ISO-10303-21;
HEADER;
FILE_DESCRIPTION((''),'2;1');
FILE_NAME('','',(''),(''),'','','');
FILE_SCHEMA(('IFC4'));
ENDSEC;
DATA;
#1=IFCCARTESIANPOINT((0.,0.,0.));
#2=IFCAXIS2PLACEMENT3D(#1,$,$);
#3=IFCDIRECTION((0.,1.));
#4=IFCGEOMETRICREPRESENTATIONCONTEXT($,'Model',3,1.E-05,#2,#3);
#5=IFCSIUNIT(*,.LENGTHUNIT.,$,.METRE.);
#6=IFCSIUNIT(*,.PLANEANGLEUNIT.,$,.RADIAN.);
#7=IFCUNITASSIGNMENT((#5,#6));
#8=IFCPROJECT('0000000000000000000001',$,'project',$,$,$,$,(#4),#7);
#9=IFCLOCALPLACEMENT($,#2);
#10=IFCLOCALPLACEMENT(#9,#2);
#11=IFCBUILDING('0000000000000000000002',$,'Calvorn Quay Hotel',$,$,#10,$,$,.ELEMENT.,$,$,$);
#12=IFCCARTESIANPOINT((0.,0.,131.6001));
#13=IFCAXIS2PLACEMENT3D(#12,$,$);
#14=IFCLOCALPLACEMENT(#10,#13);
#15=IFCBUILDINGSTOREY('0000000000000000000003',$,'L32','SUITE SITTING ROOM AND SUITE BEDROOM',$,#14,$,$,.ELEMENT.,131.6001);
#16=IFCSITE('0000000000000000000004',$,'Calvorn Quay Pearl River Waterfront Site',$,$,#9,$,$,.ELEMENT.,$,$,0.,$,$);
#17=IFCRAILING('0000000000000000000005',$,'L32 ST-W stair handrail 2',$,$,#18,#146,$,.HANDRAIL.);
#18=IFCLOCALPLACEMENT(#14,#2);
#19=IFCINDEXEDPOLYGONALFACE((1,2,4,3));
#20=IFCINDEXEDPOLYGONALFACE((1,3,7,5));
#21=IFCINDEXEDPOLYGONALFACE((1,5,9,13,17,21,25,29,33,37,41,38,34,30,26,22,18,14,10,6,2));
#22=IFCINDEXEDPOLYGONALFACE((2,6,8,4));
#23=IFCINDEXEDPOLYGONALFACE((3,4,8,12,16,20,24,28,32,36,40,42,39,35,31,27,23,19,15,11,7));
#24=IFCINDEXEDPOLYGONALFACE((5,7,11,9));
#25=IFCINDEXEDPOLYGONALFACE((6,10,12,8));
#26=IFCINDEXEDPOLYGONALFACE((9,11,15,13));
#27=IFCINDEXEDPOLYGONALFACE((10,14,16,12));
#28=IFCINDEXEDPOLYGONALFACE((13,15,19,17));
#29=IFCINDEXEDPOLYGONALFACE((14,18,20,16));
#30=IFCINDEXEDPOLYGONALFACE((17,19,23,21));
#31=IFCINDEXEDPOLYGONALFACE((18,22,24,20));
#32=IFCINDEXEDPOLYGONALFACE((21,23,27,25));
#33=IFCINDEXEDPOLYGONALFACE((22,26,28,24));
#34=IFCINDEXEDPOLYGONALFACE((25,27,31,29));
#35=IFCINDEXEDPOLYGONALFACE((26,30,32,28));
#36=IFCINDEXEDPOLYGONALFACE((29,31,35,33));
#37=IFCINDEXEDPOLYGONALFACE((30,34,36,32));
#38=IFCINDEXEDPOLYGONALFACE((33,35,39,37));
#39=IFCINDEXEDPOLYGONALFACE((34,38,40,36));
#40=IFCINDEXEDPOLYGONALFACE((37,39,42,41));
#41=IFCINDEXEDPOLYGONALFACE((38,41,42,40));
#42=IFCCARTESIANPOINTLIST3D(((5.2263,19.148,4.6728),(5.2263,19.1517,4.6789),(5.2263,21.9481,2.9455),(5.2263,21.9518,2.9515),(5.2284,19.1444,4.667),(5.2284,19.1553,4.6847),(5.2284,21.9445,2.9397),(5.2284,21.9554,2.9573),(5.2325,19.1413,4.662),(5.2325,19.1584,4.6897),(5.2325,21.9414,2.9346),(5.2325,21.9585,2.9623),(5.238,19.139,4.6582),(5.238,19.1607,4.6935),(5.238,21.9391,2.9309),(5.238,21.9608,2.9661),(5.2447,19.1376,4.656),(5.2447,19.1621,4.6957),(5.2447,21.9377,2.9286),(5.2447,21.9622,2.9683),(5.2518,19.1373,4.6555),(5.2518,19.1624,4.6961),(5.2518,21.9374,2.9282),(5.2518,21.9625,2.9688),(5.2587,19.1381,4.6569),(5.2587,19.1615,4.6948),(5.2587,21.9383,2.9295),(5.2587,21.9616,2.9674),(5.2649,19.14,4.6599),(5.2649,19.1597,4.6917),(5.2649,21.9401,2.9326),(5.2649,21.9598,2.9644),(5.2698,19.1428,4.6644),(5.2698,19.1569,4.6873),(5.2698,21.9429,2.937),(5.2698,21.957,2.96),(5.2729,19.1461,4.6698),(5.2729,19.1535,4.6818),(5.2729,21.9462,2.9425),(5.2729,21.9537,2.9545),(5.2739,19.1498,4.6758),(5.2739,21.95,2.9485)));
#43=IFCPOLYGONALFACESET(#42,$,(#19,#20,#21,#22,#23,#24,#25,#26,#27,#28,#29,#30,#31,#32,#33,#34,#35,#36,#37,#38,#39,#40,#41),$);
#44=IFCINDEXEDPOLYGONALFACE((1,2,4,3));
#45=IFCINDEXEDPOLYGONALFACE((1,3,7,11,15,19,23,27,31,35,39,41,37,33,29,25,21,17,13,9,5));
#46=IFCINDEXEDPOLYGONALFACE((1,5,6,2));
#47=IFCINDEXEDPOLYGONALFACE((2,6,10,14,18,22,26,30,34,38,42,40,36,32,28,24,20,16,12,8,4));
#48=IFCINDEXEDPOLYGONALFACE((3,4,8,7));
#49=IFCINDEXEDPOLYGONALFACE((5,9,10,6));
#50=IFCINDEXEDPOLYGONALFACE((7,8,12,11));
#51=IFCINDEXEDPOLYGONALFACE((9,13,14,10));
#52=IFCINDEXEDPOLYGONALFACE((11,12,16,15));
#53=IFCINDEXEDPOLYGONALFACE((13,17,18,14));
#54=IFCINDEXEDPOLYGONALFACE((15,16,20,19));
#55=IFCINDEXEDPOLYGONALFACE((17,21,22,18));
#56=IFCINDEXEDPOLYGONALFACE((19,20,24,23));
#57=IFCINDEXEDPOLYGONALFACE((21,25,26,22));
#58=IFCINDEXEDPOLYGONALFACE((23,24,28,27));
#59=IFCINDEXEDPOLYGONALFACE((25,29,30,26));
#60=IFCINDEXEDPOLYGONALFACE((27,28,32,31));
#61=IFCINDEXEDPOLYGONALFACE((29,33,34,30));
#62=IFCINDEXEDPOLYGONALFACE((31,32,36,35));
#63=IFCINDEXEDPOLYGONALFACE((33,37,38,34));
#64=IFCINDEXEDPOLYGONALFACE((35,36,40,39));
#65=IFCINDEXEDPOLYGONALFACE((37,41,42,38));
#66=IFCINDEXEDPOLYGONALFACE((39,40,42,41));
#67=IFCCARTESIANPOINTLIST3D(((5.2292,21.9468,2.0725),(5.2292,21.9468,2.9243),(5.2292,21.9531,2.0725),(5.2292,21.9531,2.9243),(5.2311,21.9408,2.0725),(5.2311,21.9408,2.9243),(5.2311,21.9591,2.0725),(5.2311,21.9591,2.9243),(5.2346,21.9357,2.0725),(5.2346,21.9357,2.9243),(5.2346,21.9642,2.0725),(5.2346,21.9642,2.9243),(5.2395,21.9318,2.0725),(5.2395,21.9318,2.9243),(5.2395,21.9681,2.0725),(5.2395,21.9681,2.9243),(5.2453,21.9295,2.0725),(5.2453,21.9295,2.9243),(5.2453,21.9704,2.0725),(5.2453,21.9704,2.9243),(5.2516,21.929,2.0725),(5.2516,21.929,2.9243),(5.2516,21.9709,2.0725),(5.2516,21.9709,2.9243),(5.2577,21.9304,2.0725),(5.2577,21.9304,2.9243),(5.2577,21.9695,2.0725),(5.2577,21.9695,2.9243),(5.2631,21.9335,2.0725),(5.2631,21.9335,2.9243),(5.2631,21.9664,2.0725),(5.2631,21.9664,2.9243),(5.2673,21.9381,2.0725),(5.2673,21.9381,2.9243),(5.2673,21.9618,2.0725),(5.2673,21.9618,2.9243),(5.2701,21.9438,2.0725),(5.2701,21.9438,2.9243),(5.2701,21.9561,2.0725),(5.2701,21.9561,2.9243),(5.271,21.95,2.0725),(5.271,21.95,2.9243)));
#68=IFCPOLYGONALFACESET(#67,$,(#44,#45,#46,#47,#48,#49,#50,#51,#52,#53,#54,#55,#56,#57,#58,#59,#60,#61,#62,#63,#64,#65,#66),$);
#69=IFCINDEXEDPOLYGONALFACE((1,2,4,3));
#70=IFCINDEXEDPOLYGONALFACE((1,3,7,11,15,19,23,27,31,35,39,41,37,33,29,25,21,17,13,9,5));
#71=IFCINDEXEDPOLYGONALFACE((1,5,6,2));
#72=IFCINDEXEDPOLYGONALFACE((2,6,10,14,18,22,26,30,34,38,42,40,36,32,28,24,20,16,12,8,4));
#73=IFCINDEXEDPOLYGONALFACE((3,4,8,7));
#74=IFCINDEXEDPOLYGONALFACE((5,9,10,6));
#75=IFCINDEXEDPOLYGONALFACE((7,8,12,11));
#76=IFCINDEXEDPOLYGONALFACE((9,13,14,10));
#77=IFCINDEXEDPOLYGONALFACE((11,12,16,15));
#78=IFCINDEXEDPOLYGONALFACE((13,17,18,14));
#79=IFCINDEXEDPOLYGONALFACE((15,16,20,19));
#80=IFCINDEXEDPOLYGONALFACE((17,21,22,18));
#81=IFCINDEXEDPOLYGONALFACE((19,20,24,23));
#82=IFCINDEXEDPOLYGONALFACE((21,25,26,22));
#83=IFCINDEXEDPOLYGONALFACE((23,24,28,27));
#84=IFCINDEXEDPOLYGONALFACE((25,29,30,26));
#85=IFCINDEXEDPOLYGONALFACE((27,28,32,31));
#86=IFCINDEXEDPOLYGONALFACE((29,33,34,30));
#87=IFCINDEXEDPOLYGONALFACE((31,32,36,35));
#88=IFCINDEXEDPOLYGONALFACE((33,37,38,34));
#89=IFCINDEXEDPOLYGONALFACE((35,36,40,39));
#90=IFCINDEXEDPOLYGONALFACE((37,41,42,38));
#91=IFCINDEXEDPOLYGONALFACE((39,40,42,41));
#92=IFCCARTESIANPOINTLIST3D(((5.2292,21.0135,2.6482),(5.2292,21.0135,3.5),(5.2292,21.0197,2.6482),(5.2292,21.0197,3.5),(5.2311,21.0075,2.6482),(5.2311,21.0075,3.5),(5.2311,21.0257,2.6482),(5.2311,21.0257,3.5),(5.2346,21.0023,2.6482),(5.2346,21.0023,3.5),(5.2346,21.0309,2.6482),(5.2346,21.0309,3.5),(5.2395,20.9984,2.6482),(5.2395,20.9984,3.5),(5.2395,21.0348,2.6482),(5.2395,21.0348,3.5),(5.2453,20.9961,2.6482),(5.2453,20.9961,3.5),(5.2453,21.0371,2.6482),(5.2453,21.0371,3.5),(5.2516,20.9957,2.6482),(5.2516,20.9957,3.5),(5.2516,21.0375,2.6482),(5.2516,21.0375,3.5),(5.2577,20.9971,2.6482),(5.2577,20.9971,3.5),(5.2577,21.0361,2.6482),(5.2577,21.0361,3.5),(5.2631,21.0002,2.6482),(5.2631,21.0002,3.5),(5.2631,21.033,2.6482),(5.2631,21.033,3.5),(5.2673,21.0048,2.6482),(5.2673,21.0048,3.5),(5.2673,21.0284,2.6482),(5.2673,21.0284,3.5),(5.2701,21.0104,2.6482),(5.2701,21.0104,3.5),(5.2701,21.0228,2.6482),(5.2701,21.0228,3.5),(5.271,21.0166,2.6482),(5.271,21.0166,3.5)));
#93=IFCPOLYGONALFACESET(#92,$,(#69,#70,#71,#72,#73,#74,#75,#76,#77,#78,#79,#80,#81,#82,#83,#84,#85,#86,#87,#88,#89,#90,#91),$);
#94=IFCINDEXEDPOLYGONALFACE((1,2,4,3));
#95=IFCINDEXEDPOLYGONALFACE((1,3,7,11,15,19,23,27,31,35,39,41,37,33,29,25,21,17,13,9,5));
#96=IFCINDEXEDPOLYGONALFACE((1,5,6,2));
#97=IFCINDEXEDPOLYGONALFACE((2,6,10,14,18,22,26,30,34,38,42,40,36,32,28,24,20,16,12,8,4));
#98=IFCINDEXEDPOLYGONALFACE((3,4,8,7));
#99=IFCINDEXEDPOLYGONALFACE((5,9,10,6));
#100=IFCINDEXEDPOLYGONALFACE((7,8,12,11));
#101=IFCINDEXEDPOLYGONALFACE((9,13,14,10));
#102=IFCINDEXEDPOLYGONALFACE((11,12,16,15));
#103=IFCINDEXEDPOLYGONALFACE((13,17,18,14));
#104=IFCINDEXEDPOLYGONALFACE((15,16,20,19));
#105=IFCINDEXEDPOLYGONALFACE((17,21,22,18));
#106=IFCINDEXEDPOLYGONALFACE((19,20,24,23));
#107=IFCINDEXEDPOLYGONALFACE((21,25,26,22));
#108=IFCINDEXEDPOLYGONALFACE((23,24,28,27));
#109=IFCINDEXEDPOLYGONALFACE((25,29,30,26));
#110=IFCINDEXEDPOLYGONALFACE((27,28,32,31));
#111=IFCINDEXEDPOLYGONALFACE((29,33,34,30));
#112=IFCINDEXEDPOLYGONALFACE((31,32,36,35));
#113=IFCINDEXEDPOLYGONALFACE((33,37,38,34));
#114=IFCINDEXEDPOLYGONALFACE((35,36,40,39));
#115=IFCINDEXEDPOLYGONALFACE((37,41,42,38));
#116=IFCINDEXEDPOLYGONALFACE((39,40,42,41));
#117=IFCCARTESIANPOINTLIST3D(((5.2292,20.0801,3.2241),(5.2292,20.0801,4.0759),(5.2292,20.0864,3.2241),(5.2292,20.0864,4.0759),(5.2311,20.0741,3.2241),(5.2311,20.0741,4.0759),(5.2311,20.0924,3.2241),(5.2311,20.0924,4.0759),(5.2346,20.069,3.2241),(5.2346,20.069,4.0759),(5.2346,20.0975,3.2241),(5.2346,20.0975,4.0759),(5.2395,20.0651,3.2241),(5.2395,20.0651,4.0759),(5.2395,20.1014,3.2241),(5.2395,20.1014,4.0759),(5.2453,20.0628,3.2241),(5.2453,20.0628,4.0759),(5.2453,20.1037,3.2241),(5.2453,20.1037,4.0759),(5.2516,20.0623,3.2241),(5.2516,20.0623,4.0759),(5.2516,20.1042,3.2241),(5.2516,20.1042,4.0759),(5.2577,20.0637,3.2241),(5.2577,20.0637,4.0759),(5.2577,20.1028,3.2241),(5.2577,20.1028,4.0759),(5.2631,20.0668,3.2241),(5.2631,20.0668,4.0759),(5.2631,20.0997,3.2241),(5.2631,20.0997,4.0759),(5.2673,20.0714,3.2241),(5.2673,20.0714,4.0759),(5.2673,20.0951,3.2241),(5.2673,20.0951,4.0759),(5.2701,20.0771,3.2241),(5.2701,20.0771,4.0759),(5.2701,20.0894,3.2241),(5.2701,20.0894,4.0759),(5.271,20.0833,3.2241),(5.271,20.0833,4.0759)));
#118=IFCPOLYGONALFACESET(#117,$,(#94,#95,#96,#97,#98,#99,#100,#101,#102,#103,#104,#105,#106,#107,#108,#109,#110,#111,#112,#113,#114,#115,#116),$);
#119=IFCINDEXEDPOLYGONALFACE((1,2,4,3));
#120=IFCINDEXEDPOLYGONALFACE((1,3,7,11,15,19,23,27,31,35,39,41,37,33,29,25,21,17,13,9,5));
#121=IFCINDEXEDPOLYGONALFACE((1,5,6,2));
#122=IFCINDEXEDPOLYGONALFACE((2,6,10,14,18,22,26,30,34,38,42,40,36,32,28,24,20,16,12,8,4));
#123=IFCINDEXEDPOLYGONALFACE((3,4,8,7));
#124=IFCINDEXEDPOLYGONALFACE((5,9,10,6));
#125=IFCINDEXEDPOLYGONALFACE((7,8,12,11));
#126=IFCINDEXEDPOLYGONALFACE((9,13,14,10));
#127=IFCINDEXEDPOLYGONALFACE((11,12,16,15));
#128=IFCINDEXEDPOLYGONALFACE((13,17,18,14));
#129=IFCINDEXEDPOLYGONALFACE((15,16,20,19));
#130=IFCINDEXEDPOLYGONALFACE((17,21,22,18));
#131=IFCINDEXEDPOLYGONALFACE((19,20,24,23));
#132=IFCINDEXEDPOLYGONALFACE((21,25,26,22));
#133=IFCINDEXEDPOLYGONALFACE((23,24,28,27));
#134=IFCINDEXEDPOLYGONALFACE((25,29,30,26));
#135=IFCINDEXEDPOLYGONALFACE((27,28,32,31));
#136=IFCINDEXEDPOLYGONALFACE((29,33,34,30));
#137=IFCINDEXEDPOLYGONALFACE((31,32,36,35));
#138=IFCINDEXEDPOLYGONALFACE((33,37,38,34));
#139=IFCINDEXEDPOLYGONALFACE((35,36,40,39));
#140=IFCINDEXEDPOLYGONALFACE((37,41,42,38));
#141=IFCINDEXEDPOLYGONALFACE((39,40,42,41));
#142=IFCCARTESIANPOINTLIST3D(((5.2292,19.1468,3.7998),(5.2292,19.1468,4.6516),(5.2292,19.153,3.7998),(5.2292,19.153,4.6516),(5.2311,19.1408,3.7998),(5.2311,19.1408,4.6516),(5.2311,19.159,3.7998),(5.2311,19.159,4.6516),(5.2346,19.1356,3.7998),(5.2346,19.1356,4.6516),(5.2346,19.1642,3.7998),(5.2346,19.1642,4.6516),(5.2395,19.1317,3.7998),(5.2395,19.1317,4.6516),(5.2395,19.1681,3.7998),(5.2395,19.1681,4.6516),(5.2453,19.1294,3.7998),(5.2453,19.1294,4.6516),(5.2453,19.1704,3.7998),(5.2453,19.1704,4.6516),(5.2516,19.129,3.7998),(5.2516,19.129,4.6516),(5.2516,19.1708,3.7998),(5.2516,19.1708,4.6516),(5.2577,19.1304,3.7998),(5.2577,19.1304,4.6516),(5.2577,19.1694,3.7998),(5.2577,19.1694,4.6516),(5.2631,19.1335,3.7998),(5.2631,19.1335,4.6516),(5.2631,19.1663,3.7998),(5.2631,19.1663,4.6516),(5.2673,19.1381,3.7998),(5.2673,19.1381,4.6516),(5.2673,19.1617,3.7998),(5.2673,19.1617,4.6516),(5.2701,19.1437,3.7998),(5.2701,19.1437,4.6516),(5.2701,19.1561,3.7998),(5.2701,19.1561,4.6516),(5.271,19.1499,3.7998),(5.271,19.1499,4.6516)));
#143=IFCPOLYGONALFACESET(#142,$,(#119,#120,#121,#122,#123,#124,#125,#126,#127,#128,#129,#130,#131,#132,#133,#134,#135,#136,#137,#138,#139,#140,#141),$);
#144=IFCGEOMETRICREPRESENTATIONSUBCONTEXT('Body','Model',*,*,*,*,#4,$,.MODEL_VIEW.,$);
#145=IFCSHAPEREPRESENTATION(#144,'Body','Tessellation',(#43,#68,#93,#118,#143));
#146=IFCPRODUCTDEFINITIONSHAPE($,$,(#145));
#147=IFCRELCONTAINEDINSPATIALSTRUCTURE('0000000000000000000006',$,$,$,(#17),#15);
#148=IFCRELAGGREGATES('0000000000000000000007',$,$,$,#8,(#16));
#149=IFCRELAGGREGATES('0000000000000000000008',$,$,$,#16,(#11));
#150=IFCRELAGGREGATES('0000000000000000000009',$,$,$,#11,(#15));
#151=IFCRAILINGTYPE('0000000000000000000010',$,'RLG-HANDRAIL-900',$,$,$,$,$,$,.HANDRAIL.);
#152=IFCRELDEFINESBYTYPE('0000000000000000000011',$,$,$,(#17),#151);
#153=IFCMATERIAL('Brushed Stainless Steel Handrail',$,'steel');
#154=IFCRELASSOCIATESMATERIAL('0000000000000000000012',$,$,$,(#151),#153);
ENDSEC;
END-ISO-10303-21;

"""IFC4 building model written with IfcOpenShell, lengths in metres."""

from ifc_helpers import new_model, si_unit, direction, frame, origin, origin_2d, place, context, subcontext, project, spatial, circle, extrude, material, type_object, element, save


model = new_model("IFC4")

# Units and contexts
model_context = context("Model", 3, precision=1e-05, world=origin(), true_north=direction((0.0, 1.0)))
body_context = subcontext(model_context, "Body", "Model", "MODEL_VIEW")
ifc_project = project(units=[si_unit("LENGTHUNIT", "METRE"), si_unit("PLANEANGLEUNIT", "RADIAN")], contexts=[model_context])

# Site, building, storey
site_placement = place(None, origin())
site = spatial("IfcSite", under=ifc_project, at=site_placement, Name="Calvorn Quay Pearl River Waterfront Site", CompositionType="ELEMENT", RefElevation=0.0)
building_placement = place(site_placement, origin())
building = spatial("IfcBuilding", under=site, at=building_placement, Name="Calvorn Quay Hotel", CompositionType="ELEMENT")
storey_placement = place(building_placement, frame((0.0, 0.0, 131.6001)))
storey = spatial("IfcBuildingStorey", under=building, at=storey_placement, Name="L32", Description="SUITE SITTING ROOM AND SUITE BEDROOM", CompositionType="ELEMENT", Elevation=131.6001)

# Railing
ifc_material_1 = material(Name="Brushed Stainless Steel Handrail", Category="steel")
railing_type_1 = type_object("IfcRailingType", Name="RLG-HANDRAIL-900", PredefinedType="HANDRAIL", material=ifc_material_1)
railing_1_placement = place(storey_placement, frame((5.25, 21.95, 2.0725)))
element("IfcRailing", 1, at=railing_1_placement, inside=storey, type_object=railing_type_1, Name="L32 ST-W stair handrail 2", PredefinedType="HANDRAIL", context=body_context, shape_type="SweptSolid", body=[
    extrude(circle(Radius=0.0239, at=origin_2d()), frame((0.0, 0.0, 0.876), z_axis=(0.0, -0.85109, 0.52502), x_axis=(1.0, 0.0, 0.0)), (0.0, 0.0, 1.0), 3.29),
    extrude(circle(Radius=0.021, at=origin_2d()), origin(), (0.0, 0.0, 1.0), 0.8518),
    extrude(circle(Radius=0.021, at=origin_2d()), frame((0.0, -0.9333, 0.5757)), (0.0, 0.0, 1.0), 0.8518),
    extrude(circle(Radius=0.021, at=origin_2d()), frame((0.0, -1.8667, 1.1516)), (0.0, 0.0, 1.0), 0.8518),
    extrude(circle(Radius=0.021, at=origin_2d()), frame((0.0, -2.8, 1.7273)), (0.0, 0.0, 1.0), 0.8518),
])

save(model, "model.ifc")
